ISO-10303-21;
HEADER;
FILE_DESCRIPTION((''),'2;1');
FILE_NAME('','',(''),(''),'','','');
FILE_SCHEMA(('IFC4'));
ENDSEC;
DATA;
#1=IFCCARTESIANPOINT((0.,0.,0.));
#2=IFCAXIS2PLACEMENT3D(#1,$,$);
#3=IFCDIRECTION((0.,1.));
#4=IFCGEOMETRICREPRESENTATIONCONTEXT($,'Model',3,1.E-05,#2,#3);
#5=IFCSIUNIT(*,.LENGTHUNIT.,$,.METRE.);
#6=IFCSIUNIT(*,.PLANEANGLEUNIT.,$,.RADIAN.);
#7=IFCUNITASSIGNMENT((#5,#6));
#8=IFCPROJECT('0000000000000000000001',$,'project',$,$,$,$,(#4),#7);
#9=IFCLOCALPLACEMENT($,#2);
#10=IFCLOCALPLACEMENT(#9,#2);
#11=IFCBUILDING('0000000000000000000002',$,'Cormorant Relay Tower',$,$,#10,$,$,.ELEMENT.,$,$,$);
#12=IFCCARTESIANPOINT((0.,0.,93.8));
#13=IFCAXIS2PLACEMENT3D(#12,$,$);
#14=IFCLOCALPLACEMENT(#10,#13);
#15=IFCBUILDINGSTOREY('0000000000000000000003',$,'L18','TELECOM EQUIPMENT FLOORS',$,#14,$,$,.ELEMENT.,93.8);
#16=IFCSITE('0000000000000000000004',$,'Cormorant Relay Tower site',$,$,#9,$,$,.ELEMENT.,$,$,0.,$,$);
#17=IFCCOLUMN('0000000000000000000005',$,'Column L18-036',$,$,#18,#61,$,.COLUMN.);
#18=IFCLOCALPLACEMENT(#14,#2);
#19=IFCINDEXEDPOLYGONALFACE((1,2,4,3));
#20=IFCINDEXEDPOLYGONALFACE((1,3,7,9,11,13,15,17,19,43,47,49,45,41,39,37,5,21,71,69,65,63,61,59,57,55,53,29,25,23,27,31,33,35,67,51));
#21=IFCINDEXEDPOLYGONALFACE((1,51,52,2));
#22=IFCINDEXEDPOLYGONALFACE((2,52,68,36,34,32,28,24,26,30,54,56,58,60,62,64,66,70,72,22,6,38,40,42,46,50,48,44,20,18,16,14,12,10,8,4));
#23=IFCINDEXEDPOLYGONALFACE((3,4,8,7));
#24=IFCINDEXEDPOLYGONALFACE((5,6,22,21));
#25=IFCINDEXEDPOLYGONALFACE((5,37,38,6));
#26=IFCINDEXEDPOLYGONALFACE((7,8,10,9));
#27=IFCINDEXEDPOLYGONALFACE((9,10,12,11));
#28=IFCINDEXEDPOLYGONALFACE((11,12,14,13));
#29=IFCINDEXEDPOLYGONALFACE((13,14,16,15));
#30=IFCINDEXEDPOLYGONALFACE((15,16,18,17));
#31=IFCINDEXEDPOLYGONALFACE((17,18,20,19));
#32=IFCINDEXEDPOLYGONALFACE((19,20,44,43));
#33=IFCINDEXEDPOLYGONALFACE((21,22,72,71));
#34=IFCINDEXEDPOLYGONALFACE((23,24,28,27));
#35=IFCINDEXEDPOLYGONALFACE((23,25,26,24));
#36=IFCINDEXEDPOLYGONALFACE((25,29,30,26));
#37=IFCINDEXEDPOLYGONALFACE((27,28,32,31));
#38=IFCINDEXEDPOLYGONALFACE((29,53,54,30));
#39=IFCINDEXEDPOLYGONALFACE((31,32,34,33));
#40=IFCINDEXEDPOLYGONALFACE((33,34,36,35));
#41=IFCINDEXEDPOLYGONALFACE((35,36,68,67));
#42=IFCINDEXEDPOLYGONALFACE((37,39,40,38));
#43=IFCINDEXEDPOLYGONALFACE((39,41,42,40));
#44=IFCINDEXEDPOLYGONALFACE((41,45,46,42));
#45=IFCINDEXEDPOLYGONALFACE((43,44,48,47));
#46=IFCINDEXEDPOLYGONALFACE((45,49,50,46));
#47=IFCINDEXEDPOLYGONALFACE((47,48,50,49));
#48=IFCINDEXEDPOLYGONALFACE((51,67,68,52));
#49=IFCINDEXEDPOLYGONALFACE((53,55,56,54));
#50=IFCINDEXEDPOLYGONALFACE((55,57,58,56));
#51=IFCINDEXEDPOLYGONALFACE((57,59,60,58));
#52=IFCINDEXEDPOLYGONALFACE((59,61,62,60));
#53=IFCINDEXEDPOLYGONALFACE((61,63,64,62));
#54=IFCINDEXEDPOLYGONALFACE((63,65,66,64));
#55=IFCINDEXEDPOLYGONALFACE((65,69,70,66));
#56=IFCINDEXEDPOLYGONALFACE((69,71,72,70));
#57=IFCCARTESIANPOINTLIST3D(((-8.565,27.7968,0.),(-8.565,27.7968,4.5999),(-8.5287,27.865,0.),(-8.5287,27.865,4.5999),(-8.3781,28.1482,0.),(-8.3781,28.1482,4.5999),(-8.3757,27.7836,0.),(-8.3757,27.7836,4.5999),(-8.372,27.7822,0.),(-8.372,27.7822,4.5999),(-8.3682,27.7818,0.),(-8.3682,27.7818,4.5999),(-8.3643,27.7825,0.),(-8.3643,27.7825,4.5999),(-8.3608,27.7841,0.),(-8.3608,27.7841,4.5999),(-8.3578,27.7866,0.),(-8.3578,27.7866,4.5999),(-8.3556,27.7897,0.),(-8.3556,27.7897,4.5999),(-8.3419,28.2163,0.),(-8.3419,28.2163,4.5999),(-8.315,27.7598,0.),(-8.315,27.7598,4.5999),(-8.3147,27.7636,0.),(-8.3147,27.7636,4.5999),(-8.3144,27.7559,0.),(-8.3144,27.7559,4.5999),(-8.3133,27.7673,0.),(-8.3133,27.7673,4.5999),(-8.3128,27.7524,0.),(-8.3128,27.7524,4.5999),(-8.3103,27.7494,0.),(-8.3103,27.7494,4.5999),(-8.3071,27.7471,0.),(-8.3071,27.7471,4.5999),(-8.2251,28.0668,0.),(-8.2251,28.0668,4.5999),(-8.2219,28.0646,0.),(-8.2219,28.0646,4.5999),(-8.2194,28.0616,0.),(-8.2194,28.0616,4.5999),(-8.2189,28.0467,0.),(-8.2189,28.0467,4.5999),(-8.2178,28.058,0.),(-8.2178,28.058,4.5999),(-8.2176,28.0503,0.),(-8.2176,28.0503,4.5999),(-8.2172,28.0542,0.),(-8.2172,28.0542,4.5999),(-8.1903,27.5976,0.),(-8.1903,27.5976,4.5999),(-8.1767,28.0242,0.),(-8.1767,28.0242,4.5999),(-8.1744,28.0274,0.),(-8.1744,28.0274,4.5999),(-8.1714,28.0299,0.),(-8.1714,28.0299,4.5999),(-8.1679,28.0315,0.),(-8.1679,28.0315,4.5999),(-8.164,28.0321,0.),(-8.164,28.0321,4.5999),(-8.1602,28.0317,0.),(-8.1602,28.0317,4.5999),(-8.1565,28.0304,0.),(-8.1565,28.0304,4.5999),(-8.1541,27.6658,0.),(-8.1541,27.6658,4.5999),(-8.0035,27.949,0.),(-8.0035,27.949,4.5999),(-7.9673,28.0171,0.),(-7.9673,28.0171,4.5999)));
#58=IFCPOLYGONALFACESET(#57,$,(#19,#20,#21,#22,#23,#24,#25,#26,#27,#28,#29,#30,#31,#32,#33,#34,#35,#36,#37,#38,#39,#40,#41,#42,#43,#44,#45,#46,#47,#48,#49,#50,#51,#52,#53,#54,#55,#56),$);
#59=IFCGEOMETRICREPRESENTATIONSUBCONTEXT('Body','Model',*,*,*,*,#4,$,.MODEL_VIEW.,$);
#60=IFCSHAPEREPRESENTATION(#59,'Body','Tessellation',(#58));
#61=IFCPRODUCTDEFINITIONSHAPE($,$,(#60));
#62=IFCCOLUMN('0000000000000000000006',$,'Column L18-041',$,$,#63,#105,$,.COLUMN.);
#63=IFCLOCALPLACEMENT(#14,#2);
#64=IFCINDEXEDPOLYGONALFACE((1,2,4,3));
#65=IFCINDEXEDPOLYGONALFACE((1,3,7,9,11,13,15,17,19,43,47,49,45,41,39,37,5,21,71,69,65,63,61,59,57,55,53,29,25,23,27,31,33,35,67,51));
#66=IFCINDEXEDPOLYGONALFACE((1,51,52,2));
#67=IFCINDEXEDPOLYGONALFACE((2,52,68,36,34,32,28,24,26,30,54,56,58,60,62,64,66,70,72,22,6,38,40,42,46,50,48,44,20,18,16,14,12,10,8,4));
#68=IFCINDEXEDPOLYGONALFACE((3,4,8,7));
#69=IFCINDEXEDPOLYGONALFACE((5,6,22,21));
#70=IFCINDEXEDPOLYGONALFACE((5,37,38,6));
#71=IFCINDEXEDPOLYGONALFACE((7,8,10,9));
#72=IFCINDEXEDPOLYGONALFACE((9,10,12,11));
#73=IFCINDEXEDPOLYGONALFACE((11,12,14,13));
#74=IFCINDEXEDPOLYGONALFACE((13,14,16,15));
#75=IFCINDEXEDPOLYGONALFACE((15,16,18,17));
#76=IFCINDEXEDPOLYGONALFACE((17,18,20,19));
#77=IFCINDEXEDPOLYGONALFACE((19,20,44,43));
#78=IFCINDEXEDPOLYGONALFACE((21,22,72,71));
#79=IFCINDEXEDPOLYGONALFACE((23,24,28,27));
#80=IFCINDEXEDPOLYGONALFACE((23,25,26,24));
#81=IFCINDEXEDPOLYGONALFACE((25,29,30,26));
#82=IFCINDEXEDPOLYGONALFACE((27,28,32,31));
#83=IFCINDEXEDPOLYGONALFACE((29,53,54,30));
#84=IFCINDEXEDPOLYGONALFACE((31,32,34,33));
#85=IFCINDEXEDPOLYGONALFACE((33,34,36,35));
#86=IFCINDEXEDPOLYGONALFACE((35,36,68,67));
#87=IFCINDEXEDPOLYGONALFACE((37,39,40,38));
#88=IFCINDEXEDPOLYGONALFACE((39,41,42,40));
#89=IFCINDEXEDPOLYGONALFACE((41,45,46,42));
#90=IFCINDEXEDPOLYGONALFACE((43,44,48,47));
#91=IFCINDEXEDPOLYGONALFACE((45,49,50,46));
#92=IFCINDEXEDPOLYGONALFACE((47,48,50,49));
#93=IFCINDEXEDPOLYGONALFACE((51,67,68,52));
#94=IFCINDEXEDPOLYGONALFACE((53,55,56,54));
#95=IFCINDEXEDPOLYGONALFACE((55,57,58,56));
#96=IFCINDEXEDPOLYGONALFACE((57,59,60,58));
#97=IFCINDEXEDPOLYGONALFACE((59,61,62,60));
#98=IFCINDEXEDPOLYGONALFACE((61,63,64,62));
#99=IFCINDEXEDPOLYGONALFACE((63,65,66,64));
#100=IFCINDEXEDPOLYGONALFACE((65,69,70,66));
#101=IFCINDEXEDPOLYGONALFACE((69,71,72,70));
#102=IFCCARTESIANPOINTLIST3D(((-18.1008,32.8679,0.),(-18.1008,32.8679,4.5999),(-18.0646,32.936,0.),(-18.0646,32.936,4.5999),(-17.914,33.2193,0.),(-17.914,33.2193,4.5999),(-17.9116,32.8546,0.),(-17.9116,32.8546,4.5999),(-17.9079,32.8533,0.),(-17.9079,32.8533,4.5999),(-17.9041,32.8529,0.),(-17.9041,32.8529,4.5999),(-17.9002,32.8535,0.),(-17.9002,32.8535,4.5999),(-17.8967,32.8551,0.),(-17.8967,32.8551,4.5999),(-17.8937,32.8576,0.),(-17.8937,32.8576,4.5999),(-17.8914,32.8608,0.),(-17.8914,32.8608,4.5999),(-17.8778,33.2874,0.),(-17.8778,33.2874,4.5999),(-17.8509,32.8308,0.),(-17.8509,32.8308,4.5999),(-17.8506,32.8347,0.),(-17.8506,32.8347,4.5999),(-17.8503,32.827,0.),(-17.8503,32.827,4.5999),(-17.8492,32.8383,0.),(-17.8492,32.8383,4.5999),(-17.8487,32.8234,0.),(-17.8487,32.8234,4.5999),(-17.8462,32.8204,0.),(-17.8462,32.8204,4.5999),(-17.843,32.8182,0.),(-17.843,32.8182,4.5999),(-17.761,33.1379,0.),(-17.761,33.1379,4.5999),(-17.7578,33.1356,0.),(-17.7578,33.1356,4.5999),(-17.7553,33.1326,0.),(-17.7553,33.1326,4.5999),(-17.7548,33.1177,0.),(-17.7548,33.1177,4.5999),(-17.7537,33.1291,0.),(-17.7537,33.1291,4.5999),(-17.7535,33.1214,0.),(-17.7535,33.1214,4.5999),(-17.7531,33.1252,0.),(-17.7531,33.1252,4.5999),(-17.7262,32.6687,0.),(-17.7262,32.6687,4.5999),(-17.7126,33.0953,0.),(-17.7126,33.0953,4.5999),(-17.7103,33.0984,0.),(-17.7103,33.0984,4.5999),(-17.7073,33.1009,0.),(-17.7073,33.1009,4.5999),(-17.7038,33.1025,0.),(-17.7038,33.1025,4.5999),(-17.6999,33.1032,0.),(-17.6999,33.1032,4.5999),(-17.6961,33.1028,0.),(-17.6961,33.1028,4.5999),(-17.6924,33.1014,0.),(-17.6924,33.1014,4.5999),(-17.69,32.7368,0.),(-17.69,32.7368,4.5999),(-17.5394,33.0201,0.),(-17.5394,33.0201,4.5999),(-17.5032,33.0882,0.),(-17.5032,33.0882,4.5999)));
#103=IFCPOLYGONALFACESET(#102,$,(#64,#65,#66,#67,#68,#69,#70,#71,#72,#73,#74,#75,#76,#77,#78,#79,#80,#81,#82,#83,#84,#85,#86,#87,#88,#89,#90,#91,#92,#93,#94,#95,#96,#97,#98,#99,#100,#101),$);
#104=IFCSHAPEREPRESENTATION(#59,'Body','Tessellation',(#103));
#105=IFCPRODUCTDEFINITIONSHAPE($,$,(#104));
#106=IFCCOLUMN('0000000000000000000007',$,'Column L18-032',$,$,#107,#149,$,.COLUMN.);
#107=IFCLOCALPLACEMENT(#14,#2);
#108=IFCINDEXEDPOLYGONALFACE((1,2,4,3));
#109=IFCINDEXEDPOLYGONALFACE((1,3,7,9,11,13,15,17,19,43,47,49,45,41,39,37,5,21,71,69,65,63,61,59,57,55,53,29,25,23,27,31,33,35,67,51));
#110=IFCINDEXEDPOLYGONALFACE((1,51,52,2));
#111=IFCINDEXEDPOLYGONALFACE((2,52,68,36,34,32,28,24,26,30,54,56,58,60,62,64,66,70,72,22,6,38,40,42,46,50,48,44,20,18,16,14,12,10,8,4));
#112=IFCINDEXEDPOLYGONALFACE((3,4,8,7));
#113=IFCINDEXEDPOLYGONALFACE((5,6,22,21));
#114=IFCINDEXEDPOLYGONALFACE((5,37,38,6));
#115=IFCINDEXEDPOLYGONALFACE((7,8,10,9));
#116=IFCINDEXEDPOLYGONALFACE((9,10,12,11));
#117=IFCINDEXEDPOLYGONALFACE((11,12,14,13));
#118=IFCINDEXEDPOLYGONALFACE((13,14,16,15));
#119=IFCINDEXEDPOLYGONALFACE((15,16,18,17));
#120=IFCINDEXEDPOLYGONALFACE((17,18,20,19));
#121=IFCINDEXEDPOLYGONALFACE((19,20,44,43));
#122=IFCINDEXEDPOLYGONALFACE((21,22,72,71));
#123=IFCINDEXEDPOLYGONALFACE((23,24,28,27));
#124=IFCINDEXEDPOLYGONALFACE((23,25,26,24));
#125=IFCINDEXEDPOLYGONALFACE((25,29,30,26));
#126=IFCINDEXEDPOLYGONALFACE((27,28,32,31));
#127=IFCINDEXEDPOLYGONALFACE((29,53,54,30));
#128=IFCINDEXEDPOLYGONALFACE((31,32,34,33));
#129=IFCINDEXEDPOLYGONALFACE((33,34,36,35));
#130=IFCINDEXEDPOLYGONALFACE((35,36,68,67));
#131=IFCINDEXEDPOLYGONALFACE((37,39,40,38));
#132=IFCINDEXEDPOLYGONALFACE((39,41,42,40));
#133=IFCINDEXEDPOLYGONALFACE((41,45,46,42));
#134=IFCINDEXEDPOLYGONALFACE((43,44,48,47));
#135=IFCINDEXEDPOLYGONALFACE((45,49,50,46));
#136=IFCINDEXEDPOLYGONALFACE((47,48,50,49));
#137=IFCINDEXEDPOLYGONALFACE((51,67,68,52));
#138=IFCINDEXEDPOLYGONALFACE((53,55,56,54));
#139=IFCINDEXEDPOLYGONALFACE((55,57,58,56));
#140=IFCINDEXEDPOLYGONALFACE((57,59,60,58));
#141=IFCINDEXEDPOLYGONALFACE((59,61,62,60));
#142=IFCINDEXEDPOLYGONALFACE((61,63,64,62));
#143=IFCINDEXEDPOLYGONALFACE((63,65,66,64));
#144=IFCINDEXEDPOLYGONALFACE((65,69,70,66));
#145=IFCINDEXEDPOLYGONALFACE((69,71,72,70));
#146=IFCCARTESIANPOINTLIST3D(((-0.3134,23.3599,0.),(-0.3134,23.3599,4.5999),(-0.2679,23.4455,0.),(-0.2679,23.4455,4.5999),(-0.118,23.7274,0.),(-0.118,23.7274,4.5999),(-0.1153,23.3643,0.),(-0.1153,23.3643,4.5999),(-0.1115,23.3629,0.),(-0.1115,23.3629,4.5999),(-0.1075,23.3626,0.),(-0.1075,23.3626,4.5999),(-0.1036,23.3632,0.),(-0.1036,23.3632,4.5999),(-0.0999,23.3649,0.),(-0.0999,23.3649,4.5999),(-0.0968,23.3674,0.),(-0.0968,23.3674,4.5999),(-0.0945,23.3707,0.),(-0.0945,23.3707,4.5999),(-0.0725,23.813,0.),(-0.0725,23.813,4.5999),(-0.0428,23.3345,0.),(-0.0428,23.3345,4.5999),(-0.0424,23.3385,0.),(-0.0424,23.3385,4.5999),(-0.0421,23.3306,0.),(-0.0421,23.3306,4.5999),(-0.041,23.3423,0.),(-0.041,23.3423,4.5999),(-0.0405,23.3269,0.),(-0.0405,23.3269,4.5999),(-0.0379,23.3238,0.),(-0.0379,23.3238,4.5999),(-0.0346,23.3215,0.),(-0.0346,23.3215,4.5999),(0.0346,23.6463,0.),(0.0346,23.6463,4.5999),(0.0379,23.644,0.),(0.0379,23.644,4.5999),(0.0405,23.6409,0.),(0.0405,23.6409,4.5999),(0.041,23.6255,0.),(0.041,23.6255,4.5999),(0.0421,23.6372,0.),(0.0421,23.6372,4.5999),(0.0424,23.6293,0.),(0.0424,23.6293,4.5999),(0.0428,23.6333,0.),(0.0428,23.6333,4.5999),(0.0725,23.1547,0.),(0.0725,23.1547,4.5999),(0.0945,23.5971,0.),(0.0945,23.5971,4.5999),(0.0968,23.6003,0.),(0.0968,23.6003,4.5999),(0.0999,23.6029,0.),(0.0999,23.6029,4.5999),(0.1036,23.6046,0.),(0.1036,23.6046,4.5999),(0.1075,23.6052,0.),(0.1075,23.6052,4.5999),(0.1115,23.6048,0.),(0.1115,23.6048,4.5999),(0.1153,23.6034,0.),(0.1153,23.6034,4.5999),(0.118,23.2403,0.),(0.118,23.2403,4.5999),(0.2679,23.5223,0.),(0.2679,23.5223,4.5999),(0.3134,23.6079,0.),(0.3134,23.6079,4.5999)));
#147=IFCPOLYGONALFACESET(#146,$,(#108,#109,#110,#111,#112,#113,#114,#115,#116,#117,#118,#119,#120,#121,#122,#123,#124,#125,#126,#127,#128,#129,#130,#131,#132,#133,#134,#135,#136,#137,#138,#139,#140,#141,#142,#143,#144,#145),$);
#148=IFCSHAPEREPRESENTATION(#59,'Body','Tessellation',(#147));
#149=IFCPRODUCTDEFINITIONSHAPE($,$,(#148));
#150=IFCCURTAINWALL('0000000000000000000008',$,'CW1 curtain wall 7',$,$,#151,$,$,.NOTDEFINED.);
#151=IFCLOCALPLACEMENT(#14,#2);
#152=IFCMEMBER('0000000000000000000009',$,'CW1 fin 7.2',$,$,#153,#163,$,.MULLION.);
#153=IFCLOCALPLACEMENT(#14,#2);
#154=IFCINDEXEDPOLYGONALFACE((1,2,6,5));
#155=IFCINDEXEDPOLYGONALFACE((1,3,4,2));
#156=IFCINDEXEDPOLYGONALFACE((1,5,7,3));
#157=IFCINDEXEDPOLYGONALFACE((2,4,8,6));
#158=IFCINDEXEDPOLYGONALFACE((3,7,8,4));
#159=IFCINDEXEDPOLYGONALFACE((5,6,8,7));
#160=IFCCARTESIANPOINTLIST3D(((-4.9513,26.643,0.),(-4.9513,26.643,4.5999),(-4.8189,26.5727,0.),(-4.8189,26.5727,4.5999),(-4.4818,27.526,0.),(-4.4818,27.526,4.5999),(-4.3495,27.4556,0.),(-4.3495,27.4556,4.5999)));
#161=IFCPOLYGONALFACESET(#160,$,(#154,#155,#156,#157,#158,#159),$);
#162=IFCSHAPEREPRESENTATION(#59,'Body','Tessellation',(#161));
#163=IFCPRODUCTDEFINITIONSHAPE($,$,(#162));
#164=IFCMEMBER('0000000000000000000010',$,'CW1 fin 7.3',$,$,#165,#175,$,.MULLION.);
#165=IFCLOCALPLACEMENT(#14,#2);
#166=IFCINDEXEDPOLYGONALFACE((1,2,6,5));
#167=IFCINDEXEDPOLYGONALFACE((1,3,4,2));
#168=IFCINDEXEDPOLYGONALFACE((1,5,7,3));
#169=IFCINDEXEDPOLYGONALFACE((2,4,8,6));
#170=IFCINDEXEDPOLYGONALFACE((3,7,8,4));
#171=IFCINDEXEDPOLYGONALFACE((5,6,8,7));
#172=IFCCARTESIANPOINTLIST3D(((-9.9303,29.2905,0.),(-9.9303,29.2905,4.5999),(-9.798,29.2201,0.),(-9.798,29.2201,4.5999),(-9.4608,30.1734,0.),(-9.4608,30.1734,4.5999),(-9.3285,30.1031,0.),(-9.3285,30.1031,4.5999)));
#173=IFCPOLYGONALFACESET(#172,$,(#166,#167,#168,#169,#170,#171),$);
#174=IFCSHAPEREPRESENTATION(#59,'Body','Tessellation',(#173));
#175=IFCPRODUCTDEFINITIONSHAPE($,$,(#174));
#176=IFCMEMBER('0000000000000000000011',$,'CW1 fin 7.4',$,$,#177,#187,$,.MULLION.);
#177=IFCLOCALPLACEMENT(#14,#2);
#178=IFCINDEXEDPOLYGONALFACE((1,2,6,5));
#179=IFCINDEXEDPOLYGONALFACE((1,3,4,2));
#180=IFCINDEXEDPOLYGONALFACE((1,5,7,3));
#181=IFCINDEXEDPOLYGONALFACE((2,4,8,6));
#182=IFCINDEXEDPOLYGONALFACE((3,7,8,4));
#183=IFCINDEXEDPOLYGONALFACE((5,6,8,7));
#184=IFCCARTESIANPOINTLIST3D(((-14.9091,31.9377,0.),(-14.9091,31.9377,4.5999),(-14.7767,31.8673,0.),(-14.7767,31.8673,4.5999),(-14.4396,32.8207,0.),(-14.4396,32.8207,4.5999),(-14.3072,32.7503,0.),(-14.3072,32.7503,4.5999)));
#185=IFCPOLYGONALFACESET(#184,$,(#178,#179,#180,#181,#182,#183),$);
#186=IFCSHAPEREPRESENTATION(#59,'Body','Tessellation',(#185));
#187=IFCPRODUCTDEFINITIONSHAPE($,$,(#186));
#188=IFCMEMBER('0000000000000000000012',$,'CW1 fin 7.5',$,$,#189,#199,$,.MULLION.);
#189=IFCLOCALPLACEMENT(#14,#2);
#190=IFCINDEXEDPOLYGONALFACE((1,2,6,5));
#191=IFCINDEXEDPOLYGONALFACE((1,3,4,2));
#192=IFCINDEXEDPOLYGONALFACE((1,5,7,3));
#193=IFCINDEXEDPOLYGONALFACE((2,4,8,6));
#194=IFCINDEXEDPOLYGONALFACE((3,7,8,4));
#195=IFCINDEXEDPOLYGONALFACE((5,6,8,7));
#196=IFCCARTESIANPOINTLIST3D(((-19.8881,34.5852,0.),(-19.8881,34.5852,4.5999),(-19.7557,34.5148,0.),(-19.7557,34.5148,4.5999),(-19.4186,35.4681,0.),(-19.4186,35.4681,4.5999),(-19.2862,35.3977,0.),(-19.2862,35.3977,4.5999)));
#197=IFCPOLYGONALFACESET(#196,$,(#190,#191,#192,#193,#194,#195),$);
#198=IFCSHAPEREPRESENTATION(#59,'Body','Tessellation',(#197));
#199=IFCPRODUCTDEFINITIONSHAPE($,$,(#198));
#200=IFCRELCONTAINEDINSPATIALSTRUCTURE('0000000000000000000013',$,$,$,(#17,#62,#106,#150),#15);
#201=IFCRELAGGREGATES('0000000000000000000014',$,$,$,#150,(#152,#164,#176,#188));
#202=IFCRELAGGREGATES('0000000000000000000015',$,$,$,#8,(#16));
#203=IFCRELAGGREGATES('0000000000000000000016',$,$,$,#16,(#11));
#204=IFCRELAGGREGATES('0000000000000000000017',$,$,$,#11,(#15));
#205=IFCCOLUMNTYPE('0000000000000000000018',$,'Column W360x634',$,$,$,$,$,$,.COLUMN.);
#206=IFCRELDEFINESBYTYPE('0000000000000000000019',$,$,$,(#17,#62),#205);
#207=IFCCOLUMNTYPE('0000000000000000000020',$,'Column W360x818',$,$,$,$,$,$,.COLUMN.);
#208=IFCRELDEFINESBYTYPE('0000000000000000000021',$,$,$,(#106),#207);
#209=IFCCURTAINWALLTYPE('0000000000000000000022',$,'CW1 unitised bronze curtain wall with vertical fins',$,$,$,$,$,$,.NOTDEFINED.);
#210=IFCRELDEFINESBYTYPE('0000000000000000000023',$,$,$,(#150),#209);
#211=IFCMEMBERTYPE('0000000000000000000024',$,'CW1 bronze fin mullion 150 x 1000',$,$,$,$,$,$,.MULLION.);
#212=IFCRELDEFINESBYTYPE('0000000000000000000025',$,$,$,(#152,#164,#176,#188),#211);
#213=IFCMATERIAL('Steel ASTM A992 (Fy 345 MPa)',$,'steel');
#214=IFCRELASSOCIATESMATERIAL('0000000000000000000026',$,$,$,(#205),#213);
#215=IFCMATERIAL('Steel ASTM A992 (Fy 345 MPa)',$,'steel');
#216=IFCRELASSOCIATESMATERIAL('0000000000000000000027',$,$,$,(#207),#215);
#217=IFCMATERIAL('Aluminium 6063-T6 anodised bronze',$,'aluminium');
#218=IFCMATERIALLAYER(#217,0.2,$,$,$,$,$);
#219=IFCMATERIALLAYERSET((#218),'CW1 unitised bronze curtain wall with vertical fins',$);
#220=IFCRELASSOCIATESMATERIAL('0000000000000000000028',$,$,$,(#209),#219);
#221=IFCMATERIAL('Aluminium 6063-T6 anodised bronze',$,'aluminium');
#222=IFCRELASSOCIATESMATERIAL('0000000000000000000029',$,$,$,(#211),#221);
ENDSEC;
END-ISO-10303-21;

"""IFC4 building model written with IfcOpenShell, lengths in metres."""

from ifc_helpers import new_model, si_unit, direction, frame, origin, origin_2d, place, context, subcontext, project, spatial, rectangle, i_section, extrude, material, layer, layer_set, material_profile, profile_set, type_object, element, aggregate, save


model = new_model("IFC4")

# Units and contexts
model_context = context("Model", 3, precision=1e-05, world=origin(), true_north=direction((0.0, 1.0)))
body_context = subcontext(model_context, "Body", "Model", "MODEL_VIEW")
ifc_project = project(units=[si_unit("LENGTHUNIT", "METRE"), si_unit("PLANEANGLEUNIT", "RADIAN")], contexts=[model_context])

# Site, building, storey
site_placement = place(None, origin())
site = spatial("IfcSite", under=ifc_project, at=site_placement, Name="Cormorant Relay Tower site", CompositionType="ELEMENT", RefElevation=0.0)
building_placement = place(site_placement, origin())
building = spatial("IfcBuilding", under=site, at=building_placement, Name="Cormorant Relay Tower", CompositionType="ELEMENT")
storey_placement = place(building_placement, frame((0.0, 0.0, 93.8)))
storey = spatial("IfcBuildingStorey", under=building, at=storey_placement, Name="L18", Description="TELECOM EQUIPMENT FLOORS", CompositionType="ELEMENT", Elevation=93.8)

# Columns
ifc_material_1 = material(Name="Steel ASTM A992 (Fy 345 MPa)", Category="steel")
ifc_material_profile_1 = material_profile(ifc_material_1, i_section(OverallWidth=0.4243, OverallDepth=0.4751, WebThickness=0.0479, FlangeThickness=0.0771, FilletRadius=0.0149, at=origin_2d()), Name="W360x634")
ifc_profile_set_1 = profile_set([ifc_material_profile_1], Name="Steel ASTM A992 (Fy 345 MPa)")
column_type_1 = type_object("IfcColumnType", Name="Column W360x634", PredefinedType="COLUMN", material=ifc_profile_set_1)
for number, where, z_axis, x_axis, name in (
    (1, (-8.2661, 27.907, 0.0), (0.0, 0.0, 1.0), (-0.882948, 0.469472, 0.0), "Column L18-036"),
    (2, (-17.802, 32.978, 0.0), (0.0, 0.0, 1.0), (-0.882948, 0.469472, 0.0), "Column L18-041"),
):
    element("IfcColumn", number, at=place(storey_placement, frame(where, z_axis=z_axis, x_axis=x_axis)), inside=storey, type_object=column_type_1, Name=name, PredefinedType="COLUMN", context=body_context, shape_type="SweptSolid", body=[
        extrude(i_section(OverallWidth=0.4243, OverallDepth=0.4751, WebThickness=0.0479, FlangeThickness=0.0771, FilletRadius=0.0149, at=origin_2d()), origin(), (0.0, 0.0, 1.0), 4.5999),
    ])
ifc_material_2 = material(Name="Steel ASTM A992 (Fy 345 MPa)", Category="steel")
ifc_material_profile_2 = material_profile(ifc_material_2, i_section(OverallWidth=0.437, OverallDepth=0.5132, WebThickness=0.0605, FlangeThickness=0.0969, FilletRadius=0.0154, at=origin_2d()), Name="W360x818")
ifc_profile_set_2 = profile_set([ifc_material_profile_2], Name="Steel ASTM A992 (Fy 345 MPa)")
column_type_2 = type_object("IfcColumnType", Name="Column W360x818", PredefinedType="COLUMN", material=ifc_profile_set_2)
column_placement = place(storey_placement, frame((0.0, 23.4839, 0.0), z_axis=(0.0, 0.0, 1.0), x_axis=(-0.882948, 0.469472, 0.0)))
element("IfcColumn", 3, at=column_placement, inside=storey, type_object=column_type_2, Name="Column L18-032", PredefinedType="COLUMN", context=body_context, shape_type="SweptSolid", body=[
    extrude(i_section(OverallWidth=0.437, OverallDepth=0.5132, WebThickness=0.0605, FlangeThickness=0.0969, FilletRadius=0.0154, at=origin_2d()), origin(), (0.0, 0.0, 1.0), 4.5999),
])

# Curtain wall, members
ifc_material_3 = material(Name="Aluminium 6063-T6 anodised bronze", Category="aluminium")
ifc_layer_1 = layer(ifc_material_3, 0.2)
ifc_layer_set_1 = layer_set([ifc_layer_1], Name="CW1 unitised bronze curtain wall with vertical fins")
curtain_wall_type = type_object("IfcCurtainWallType", Name="CW1 unitised bronze curtain wall with vertical fins", PredefinedType="NOTDEFINED", material=ifc_layer_set_1)
curtain_wall_placement = place(storey_placement, origin())
curtain_wall = element("IfcCurtainWall", 4, at=curtain_wall_placement, inside=storey, type_object=curtain_wall_type, Name="CW1 curtain wall 7", PredefinedType="NOTDEFINED")
ifc_material_4 = material(Name="Aluminium 6063-T6 anodised bronze", Category="aluminium")
ifc_material_profile_3 = material_profile(ifc_material_4, rectangle(XDim=0.1499, YDim=1.0, at=origin_2d()), Name="AL 150x1000")
ifc_profile_set_3 = profile_set([ifc_material_profile_3], Name="Aluminium 6063-T6 anodised bronze")
member_type = type_object("IfcMemberType", Name="CW1 bronze fin mullion 150 x 1000", PredefinedType="MULLION", material=ifc_profile_set_3)
member_1_placement = place(storey_placement, frame((-4.6504, 27.0493, 0.0), z_axis=(0.0, 0.0, 1.0), x_axis=(-0.882948, 0.469472, 0.0)))
member_1 = element("IfcMember", 5, at=member_1_placement, type_object=member_type, Name="CW1 fin 7.2", PredefinedType="MULLION", context=body_context, shape_type="SweptSolid", body=[
    extrude(rectangle(XDim=0.1499, YDim=1.0, at=origin_2d()), origin(), (0.0, 0.0, 1.0), 4.5999),
])
member_2_placement = place(storey_placement, frame((-9.6294, 29.6968, 0.0), z_axis=(0.0, 0.0, 1.0), x_axis=(-0.882948, 0.469472, 0.0)))
member_2 = element("IfcMember", 6, at=member_2_placement, type_object=member_type, Name="CW1 fin 7.3", PredefinedType="MULLION", context=body_context, shape_type="SweptSolid", body=[
    extrude(rectangle(XDim=0.1499, YDim=1.0, at=origin_2d()), origin(), (0.0, 0.0, 1.0), 4.5999),
])
member_3_placement = place(storey_placement, frame((-14.6082, 32.344, 0.0), z_axis=(0.0, 0.0, 1.0), x_axis=(-0.882948, 0.469472, 0.0)))
member_3 = element("IfcMember", 7, at=member_3_placement, type_object=member_type, Name="CW1 fin 7.4", PredefinedType="MULLION", context=body_context, shape_type="SweptSolid", body=[
    extrude(rectangle(XDim=0.1499, YDim=1.0, at=origin_2d()), origin(), (0.0, 0.0, 1.0), 4.5999),
])
member_4_placement = place(storey_placement, frame((-19.5872, 34.9915, 0.0), z_axis=(0.0, 0.0, 1.0), x_axis=(-0.882948, 0.469472, 0.0)))
member_4 = element("IfcMember", 8, at=member_4_placement, type_object=member_type, Name="CW1 fin 7.5", PredefinedType="MULLION", context=body_context, shape_type="SweptSolid", body=[
    extrude(rectangle(XDim=0.1499, YDim=1.0, at=origin_2d()), origin(), (0.0, 0.0, 1.0), 4.5999),
])

aggregate(curtain_wall, [member_1, member_2, member_3, member_4])

save(model, "model.ifc")
